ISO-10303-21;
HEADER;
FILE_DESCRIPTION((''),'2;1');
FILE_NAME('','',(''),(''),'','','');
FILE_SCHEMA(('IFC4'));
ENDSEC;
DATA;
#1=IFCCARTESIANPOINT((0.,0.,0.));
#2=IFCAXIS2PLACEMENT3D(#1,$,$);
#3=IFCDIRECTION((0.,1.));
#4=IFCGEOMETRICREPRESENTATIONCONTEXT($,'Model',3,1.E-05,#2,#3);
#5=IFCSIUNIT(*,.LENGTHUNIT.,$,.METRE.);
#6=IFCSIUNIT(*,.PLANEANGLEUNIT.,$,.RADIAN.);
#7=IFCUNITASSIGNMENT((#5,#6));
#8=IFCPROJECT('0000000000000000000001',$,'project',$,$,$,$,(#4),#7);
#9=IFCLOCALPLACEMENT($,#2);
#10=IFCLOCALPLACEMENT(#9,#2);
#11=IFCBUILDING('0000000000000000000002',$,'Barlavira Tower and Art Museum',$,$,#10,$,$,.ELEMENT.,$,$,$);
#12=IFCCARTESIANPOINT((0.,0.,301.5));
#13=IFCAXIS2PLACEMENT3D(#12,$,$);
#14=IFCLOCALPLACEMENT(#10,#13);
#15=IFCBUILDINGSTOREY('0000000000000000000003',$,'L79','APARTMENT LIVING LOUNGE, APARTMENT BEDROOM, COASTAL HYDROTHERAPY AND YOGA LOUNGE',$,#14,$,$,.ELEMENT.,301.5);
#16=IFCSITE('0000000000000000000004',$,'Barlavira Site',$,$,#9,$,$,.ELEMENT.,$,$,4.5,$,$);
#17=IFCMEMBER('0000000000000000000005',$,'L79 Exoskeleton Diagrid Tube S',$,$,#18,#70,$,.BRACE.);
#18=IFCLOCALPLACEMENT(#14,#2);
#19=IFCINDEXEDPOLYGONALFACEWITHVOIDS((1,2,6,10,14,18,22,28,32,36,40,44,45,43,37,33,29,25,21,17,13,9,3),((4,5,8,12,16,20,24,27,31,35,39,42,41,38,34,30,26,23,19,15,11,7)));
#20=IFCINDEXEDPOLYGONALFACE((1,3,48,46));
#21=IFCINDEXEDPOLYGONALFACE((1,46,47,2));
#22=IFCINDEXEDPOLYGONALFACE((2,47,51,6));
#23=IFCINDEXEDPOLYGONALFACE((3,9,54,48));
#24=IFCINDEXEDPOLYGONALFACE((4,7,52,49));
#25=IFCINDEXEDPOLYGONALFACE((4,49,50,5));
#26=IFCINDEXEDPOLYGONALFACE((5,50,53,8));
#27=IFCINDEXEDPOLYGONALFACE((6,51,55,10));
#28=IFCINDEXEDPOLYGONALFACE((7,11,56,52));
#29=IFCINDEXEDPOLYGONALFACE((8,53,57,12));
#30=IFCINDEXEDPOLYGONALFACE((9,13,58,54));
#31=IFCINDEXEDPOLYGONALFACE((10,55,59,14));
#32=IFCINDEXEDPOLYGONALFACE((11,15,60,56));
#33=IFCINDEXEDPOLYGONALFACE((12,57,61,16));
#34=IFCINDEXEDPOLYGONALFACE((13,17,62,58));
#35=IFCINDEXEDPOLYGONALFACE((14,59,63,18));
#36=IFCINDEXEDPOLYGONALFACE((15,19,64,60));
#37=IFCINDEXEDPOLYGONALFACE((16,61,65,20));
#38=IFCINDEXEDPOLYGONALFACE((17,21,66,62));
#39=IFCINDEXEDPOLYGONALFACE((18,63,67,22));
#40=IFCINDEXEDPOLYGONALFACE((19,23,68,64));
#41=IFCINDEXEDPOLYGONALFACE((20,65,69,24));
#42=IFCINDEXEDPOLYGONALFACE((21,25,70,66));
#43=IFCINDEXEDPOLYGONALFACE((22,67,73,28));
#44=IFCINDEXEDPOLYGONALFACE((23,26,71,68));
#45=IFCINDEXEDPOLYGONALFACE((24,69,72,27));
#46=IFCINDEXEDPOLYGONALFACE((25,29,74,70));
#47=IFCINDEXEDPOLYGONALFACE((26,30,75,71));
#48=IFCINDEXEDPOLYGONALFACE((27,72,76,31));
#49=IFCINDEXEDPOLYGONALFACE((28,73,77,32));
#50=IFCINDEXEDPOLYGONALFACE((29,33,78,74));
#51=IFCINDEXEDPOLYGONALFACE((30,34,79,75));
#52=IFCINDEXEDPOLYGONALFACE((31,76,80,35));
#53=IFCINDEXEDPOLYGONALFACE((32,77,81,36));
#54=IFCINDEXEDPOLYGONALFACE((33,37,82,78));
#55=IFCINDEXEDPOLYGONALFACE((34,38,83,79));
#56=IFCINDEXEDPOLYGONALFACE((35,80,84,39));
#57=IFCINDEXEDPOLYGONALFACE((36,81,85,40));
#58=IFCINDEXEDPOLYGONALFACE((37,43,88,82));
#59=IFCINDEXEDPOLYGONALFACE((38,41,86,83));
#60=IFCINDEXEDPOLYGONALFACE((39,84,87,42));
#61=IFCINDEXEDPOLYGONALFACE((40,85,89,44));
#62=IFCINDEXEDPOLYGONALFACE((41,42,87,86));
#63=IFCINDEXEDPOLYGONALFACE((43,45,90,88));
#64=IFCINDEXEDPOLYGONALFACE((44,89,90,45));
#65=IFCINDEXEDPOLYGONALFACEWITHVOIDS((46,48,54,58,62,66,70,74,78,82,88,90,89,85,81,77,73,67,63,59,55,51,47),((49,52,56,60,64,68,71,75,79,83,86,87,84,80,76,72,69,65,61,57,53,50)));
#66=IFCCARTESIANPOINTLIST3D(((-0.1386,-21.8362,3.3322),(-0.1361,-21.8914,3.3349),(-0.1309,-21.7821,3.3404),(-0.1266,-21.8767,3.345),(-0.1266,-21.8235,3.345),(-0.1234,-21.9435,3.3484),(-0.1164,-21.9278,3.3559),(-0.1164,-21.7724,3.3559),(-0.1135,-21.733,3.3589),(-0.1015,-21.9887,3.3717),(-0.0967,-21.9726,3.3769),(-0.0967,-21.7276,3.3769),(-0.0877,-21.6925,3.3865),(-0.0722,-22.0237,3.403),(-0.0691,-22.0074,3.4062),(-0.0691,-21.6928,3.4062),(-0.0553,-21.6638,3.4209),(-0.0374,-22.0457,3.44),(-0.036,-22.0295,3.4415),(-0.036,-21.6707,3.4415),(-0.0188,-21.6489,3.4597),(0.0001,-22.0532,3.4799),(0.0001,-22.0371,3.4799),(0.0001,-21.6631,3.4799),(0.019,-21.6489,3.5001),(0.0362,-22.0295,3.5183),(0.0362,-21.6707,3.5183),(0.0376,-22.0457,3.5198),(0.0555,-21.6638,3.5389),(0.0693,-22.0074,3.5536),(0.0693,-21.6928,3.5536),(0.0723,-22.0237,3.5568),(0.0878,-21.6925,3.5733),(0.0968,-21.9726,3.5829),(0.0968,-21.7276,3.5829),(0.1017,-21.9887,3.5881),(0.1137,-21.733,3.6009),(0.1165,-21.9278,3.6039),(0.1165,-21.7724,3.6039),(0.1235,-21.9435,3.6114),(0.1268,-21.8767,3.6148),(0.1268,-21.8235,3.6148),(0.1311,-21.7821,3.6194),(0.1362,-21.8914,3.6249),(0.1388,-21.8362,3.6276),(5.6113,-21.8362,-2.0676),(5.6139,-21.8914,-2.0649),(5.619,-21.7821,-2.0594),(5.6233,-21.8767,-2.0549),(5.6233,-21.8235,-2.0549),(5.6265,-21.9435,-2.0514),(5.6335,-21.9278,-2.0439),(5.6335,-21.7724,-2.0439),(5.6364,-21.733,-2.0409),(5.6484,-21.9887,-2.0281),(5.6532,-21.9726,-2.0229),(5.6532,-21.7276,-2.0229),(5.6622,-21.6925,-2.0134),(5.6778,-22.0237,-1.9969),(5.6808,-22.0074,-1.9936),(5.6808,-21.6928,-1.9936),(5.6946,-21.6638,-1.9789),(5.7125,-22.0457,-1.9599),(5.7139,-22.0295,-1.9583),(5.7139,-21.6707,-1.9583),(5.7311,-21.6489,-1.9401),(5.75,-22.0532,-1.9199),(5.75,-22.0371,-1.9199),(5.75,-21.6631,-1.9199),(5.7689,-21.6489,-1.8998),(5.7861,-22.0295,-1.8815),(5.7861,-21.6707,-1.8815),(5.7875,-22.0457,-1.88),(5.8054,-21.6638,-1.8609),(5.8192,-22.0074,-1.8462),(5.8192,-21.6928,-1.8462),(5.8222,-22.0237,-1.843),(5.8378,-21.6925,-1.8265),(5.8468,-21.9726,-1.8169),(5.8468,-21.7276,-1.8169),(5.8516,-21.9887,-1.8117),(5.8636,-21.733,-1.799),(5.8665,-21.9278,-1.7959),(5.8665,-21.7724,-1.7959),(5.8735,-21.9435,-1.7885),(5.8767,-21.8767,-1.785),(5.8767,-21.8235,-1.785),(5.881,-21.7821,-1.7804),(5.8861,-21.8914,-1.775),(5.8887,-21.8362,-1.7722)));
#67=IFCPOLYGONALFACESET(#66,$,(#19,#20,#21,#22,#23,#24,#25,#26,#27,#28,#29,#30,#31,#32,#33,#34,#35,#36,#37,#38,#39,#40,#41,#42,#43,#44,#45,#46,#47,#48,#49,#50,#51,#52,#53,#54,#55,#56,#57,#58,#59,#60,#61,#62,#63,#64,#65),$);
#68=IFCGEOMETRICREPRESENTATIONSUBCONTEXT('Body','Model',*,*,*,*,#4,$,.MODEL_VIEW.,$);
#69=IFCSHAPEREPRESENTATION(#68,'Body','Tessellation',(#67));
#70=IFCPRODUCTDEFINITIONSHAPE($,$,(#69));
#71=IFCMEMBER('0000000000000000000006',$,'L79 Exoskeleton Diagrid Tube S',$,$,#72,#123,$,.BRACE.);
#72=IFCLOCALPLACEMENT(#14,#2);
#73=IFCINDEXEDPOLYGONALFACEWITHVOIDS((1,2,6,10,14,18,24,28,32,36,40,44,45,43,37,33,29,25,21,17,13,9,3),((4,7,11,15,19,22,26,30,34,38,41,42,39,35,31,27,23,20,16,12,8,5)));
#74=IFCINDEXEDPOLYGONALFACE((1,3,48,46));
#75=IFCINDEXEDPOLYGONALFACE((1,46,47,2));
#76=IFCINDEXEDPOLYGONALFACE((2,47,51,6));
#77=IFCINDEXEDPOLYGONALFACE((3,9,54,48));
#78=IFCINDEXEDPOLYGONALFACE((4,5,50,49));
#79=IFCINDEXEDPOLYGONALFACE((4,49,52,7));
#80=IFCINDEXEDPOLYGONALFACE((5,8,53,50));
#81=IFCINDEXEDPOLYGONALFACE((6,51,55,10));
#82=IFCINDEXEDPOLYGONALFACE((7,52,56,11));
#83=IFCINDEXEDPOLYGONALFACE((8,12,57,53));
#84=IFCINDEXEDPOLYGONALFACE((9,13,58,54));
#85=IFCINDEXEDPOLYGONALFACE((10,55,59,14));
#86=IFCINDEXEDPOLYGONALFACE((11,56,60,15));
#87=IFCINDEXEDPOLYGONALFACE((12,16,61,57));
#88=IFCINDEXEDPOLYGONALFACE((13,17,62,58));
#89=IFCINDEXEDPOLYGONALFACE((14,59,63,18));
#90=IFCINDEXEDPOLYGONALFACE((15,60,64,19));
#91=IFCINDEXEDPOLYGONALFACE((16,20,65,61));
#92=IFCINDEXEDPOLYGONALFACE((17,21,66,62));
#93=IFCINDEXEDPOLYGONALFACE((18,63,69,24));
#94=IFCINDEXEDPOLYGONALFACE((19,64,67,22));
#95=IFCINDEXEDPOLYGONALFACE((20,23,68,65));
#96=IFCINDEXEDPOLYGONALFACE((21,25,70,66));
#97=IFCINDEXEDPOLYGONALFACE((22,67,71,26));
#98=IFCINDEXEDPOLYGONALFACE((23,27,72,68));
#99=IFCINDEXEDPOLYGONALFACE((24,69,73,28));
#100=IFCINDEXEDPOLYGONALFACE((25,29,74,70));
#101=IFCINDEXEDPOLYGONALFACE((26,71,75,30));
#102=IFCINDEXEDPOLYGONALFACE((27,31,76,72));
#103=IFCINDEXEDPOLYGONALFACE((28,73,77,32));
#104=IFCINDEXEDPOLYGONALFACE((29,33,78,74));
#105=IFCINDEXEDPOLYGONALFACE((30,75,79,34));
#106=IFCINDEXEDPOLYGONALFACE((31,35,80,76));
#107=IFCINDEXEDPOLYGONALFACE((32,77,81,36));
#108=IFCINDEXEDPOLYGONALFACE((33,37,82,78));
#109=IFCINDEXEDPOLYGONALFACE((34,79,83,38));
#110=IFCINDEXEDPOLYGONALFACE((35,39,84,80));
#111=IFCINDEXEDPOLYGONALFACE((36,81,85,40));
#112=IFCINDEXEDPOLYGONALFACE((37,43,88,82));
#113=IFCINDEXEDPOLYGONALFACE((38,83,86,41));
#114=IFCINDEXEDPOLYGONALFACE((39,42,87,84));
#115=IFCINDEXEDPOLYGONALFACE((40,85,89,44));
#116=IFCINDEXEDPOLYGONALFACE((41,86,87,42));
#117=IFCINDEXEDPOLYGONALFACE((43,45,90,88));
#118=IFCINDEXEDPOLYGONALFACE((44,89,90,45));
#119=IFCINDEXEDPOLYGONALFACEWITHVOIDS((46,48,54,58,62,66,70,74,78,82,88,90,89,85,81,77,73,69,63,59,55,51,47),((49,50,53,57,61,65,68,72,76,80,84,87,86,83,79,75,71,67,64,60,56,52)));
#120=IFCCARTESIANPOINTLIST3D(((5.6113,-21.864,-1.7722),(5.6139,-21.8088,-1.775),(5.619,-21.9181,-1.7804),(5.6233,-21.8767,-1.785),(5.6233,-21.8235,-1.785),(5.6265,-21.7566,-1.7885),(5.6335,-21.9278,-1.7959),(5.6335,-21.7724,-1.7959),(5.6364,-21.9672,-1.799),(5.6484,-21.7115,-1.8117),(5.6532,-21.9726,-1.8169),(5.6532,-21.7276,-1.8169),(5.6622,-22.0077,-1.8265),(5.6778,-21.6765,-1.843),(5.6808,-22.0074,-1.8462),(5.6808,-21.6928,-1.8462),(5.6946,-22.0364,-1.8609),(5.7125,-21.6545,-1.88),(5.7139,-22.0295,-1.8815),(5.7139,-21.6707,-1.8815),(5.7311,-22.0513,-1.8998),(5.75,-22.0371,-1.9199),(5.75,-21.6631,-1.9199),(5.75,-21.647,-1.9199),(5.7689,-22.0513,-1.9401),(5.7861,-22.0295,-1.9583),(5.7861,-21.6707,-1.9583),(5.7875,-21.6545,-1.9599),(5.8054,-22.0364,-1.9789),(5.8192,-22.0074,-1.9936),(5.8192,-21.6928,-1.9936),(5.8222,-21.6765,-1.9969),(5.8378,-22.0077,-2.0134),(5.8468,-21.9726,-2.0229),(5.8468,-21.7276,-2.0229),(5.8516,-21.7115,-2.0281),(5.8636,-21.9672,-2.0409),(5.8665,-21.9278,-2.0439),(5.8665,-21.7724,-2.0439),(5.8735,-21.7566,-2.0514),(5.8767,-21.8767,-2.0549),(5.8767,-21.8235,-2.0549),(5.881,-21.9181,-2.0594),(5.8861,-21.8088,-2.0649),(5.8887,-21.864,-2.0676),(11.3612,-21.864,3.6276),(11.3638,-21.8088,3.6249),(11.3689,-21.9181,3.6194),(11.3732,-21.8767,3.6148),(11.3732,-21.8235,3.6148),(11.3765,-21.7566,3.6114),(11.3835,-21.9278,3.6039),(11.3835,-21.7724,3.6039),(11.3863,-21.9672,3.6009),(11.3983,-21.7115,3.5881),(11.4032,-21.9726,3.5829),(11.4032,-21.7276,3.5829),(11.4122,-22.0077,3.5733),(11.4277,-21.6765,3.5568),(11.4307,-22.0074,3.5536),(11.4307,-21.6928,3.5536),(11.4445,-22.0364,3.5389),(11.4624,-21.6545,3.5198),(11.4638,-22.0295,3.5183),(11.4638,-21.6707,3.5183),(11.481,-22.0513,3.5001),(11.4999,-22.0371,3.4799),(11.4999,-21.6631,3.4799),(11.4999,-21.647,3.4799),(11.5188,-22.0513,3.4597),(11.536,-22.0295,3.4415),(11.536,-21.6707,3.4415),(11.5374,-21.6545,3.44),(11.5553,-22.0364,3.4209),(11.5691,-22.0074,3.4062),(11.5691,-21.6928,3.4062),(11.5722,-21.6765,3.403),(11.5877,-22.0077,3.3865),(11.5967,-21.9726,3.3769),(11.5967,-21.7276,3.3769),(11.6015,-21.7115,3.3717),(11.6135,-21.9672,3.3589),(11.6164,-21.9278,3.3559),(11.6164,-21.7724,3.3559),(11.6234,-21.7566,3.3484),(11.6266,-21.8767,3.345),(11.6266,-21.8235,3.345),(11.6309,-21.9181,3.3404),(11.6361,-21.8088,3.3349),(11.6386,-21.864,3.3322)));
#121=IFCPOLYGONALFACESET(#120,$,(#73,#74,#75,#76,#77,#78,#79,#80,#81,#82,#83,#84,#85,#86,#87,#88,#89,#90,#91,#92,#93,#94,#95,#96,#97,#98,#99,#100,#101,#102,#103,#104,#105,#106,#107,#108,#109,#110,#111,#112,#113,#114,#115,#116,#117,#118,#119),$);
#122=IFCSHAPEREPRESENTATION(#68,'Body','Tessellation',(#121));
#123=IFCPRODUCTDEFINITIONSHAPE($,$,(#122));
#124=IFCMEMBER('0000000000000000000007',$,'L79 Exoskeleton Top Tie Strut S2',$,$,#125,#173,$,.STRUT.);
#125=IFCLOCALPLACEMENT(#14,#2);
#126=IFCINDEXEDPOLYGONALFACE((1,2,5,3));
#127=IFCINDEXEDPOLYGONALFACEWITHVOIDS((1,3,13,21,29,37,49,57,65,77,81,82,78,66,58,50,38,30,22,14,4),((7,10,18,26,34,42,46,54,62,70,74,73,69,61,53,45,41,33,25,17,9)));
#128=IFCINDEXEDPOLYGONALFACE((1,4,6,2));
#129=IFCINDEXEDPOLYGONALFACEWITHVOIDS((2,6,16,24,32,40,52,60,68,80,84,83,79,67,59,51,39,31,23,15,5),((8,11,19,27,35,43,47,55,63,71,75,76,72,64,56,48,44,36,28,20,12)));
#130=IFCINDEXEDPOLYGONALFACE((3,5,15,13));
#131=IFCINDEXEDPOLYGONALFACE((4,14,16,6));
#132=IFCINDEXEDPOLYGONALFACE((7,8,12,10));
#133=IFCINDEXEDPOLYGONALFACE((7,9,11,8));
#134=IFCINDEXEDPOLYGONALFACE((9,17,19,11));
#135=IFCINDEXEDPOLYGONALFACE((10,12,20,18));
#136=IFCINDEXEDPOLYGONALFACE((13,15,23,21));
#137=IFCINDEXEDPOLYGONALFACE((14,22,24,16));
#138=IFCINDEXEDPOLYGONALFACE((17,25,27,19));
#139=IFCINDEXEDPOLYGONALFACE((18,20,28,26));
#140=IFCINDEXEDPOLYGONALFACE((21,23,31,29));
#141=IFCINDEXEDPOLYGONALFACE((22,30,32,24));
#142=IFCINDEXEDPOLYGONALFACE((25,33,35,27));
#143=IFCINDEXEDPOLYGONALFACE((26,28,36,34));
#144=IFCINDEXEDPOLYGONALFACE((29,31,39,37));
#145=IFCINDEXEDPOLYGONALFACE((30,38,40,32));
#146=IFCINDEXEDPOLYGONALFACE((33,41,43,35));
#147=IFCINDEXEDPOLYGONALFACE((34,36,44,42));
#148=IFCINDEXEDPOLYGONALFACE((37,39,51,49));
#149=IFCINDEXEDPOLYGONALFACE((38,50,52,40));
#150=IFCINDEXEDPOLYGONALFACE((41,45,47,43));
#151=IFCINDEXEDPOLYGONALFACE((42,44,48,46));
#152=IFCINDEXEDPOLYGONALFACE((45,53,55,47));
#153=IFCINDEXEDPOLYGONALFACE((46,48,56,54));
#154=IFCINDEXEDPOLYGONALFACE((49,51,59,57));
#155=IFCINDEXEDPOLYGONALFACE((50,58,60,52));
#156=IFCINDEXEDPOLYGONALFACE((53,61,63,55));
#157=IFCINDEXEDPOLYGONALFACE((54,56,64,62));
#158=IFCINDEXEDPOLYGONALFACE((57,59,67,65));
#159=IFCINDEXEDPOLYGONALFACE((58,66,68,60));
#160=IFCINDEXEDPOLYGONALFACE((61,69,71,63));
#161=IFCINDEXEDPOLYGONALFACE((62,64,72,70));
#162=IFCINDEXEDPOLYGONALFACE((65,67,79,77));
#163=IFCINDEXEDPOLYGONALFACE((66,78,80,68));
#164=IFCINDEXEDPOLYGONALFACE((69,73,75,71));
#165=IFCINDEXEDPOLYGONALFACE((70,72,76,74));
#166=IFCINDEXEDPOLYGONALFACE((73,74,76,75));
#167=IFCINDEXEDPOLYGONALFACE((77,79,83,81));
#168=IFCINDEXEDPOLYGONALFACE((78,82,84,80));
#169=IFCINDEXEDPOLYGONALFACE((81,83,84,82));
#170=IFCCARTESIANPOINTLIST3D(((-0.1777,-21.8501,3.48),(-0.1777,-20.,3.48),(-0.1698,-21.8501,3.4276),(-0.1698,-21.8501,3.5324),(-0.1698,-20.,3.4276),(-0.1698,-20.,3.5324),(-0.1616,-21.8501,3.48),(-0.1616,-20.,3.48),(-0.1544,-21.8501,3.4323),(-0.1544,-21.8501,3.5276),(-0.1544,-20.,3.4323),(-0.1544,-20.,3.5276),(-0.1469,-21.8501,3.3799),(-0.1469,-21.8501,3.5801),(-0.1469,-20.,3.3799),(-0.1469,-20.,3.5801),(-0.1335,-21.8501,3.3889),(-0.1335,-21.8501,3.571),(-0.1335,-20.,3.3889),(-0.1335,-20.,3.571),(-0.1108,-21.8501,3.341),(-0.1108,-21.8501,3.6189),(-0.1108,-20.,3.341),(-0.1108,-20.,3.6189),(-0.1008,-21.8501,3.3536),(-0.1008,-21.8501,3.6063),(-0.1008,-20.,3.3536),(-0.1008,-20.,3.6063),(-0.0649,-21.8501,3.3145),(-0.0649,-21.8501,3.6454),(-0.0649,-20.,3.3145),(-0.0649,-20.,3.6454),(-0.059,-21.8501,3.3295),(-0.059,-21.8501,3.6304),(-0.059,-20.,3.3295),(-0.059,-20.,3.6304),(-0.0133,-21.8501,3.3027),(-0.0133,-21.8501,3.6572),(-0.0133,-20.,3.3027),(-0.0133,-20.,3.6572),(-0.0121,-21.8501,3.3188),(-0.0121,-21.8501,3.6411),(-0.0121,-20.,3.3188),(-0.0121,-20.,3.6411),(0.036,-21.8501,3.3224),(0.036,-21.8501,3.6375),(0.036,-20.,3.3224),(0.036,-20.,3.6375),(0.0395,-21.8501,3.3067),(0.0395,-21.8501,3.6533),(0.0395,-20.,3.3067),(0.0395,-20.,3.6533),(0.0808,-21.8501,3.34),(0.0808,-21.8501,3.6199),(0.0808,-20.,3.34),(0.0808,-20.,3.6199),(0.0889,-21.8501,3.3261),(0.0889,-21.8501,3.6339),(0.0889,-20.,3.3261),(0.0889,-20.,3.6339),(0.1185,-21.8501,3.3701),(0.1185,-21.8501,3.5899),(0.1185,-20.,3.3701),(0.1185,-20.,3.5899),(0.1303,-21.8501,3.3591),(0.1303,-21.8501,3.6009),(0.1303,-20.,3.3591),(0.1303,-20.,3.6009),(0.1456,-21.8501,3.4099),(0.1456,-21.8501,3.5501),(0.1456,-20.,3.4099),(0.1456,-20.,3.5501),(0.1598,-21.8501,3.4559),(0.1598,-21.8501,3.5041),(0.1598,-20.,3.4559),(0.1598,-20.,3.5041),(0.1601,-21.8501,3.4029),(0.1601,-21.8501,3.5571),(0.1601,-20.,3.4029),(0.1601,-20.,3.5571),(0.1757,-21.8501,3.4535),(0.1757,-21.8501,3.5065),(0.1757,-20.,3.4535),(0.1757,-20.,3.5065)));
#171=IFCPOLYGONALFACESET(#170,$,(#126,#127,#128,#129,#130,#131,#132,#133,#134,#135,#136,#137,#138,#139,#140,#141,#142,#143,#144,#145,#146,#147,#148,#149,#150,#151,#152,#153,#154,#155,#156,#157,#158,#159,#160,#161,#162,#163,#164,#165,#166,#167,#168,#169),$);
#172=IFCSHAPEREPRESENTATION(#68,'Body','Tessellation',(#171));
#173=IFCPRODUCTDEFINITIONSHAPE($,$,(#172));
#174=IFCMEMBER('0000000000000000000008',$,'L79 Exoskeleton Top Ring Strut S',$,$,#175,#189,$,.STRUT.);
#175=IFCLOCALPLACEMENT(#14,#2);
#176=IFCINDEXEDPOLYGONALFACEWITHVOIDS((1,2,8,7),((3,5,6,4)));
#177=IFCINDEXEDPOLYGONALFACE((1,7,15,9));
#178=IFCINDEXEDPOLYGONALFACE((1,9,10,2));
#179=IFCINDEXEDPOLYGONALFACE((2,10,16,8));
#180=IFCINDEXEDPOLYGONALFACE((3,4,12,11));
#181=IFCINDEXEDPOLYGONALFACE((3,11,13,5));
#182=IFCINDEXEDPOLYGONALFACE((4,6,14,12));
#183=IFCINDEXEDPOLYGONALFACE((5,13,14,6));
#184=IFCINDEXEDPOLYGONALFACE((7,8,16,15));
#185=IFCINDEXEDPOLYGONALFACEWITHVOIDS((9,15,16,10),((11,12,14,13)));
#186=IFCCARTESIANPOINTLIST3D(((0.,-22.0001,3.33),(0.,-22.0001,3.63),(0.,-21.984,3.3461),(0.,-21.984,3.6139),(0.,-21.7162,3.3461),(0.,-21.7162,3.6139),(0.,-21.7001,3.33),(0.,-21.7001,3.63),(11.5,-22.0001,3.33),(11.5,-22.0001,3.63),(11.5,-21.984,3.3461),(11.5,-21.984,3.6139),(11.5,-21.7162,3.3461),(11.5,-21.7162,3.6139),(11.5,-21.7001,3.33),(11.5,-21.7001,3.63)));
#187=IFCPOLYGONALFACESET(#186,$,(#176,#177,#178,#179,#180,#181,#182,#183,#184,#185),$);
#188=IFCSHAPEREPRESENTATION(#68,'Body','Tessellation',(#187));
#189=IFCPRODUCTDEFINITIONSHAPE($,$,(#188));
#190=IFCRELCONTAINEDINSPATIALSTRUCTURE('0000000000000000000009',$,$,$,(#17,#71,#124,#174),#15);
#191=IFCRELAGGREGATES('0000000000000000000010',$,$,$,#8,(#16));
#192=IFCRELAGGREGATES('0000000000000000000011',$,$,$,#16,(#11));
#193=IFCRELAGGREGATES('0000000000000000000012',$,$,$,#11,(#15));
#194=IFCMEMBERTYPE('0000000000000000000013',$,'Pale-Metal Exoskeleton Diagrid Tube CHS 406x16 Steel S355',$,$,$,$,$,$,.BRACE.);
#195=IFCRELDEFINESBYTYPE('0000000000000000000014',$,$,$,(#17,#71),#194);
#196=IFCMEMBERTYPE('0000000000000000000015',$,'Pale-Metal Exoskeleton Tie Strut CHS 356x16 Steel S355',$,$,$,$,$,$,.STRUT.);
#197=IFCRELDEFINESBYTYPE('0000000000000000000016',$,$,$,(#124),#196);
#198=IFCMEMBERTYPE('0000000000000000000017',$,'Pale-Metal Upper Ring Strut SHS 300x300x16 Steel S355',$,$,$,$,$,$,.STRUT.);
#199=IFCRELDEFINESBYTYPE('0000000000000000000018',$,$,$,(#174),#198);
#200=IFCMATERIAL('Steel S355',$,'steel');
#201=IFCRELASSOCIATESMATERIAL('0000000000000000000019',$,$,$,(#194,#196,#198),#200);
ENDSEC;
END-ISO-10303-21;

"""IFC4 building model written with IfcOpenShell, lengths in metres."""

from ifc_helpers import new_model, si_unit, direction, frame, origin, origin_2d, place, context, subcontext, project, spatial, hollow_rectangle, hollow_circle, extrude, material, material_profile, profile_set, type_object, element, save


model = new_model("IFC4")

# Units and contexts
model_context = context("Model", 3, precision=1e-05, world=origin(), true_north=direction((0.0, 1.0)))
body_context = subcontext(model_context, "Body", "Model", "MODEL_VIEW")
ifc_project = project(units=[si_unit("LENGTHUNIT", "METRE"), si_unit("PLANEANGLEUNIT", "RADIAN")], contexts=[model_context])

# Site, building, storey
site_placement = place(None, origin())
site = spatial("IfcSite", under=ifc_project, at=site_placement, Name="Barlavira Site", CompositionType="ELEMENT", RefElevation=4.5)
building_placement = place(site_placement, origin())
building = spatial("IfcBuilding", under=site, at=building_placement, Name="Barlavira Tower and Art Museum", CompositionType="ELEMENT")
storey_placement = place(building_placement, frame((0.0, 0.0, 301.5)))
storey = spatial("IfcBuildingStorey", under=building, at=storey_placement, Name="L79", Description="APARTMENT LIVING LOUNGE, APARTMENT BEDROOM, COASTAL HYDROTHERAPY AND YOGA LOUNGE", CompositionType="ELEMENT", Elevation=301.5)

# Members
ifc_material_1 = material(Name="Steel S355", Category="steel")
ifc_material_profile_1 = material_profile(ifc_material_1, hollow_circle(Radius=0.2031, WallThickness=0.0161, at=origin_2d()), Name="CHS 406.4x16.0")
ifc_profile_set_1 = profile_set([ifc_material_profile_1], Name="Steel S355")
member_type_1 = type_object("IfcMemberType", Name="Pale-Metal Exoskeleton Diagrid Tube CHS 406x16 Steel S355", PredefinedType="BRACE", material=ifc_profile_set_1)
for number, where, z_axis, x_axis, name in (
    (1, (5.75, -21.8501, -1.9199), (-0.72895, 0.0, 0.684567), (0.0, -1.0, 0.0), "L79 Exoskeleton Diagrid Tube S"),
    (2, (5.75, -21.8501, -1.9199), (0.72895, 0.0, 0.684567), (0.0, 1.0, 0.0), "L79 Exoskeleton Diagrid Tube S"),
):
    element("IfcMember", number, at=place(storey_placement, frame(where, z_axis=z_axis, x_axis=x_axis)), inside=storey, type_object=member_type_1, Name=name, PredefinedType="BRACE", context=body_context, shape_type="SweptSolid", body=[
        extrude(hollow_circle(Radius=0.2031, WallThickness=0.0161, at=origin_2d()), origin(), (0.0, 0.0, 1.0), 7.8879),
    ])
ifc_material_profile_2 = material_profile(ifc_material_1, hollow_circle(Radius=0.1777, WallThickness=0.0161, at=origin_2d()), Name="CHS 355.6x16.0")
ifc_profile_set_2 = profile_set([ifc_material_profile_2], Name="Steel S355")
member_type_2 = type_object("IfcMemberType", Name="Pale-Metal Exoskeleton Tie Strut CHS 356x16 Steel S355", PredefinedType="STRUT", material=ifc_profile_set_2)
member_1_placement = place(storey_placement, frame((0.0, -21.8501, 3.48), z_axis=(0.0, 1.0, 0.0), x_axis=(-1.0, 0.0, 0.0)))
element("IfcMember", 3, at=member_1_placement, inside=storey, type_object=member_type_2, Name="L79 Exoskeleton Top Tie Strut S2", PredefinedType="STRUT", context=body_context, shape_type="SweptSolid", body=[
    extrude(hollow_circle(Radius=0.1777, WallThickness=0.0161, at=origin_2d()), origin(), (0.0, 0.0, 1.0), 1.8501),
])
ifc_material_profile_3 = material_profile(ifc_material_1, hollow_rectangle(XDim=0.3, YDim=0.3, WallThickness=0.0161, at=origin_2d()), Name="SHS 300x300x16.0")
ifc_profile_set_3 = profile_set([ifc_material_profile_3], Name="Steel S355")
member_type_3 = type_object("IfcMemberType", Name="Pale-Metal Upper Ring Strut SHS 300x300x16 Steel S355", PredefinedType="STRUT", material=ifc_profile_set_3)
member_2_placement = place(storey_placement, frame((0.0, -21.8501, 3.48), z_axis=(1.0, 0.0, 0.0), x_axis=(0.0, 1.0, 0.0)))
element("IfcMember", 4, at=member_2_placement, inside=storey, type_object=member_type_3, Name="L79 Exoskeleton Top Ring Strut S", PredefinedType="STRUT", context=body_context, shape_type="SweptSolid", body=[
    extrude(hollow_rectangle(XDim=0.3, YDim=0.3, WallThickness=0.0161, at=origin_2d()), origin(), (0.0, 0.0, 1.0), 11.5),
])

save(model, "model.ifc")
